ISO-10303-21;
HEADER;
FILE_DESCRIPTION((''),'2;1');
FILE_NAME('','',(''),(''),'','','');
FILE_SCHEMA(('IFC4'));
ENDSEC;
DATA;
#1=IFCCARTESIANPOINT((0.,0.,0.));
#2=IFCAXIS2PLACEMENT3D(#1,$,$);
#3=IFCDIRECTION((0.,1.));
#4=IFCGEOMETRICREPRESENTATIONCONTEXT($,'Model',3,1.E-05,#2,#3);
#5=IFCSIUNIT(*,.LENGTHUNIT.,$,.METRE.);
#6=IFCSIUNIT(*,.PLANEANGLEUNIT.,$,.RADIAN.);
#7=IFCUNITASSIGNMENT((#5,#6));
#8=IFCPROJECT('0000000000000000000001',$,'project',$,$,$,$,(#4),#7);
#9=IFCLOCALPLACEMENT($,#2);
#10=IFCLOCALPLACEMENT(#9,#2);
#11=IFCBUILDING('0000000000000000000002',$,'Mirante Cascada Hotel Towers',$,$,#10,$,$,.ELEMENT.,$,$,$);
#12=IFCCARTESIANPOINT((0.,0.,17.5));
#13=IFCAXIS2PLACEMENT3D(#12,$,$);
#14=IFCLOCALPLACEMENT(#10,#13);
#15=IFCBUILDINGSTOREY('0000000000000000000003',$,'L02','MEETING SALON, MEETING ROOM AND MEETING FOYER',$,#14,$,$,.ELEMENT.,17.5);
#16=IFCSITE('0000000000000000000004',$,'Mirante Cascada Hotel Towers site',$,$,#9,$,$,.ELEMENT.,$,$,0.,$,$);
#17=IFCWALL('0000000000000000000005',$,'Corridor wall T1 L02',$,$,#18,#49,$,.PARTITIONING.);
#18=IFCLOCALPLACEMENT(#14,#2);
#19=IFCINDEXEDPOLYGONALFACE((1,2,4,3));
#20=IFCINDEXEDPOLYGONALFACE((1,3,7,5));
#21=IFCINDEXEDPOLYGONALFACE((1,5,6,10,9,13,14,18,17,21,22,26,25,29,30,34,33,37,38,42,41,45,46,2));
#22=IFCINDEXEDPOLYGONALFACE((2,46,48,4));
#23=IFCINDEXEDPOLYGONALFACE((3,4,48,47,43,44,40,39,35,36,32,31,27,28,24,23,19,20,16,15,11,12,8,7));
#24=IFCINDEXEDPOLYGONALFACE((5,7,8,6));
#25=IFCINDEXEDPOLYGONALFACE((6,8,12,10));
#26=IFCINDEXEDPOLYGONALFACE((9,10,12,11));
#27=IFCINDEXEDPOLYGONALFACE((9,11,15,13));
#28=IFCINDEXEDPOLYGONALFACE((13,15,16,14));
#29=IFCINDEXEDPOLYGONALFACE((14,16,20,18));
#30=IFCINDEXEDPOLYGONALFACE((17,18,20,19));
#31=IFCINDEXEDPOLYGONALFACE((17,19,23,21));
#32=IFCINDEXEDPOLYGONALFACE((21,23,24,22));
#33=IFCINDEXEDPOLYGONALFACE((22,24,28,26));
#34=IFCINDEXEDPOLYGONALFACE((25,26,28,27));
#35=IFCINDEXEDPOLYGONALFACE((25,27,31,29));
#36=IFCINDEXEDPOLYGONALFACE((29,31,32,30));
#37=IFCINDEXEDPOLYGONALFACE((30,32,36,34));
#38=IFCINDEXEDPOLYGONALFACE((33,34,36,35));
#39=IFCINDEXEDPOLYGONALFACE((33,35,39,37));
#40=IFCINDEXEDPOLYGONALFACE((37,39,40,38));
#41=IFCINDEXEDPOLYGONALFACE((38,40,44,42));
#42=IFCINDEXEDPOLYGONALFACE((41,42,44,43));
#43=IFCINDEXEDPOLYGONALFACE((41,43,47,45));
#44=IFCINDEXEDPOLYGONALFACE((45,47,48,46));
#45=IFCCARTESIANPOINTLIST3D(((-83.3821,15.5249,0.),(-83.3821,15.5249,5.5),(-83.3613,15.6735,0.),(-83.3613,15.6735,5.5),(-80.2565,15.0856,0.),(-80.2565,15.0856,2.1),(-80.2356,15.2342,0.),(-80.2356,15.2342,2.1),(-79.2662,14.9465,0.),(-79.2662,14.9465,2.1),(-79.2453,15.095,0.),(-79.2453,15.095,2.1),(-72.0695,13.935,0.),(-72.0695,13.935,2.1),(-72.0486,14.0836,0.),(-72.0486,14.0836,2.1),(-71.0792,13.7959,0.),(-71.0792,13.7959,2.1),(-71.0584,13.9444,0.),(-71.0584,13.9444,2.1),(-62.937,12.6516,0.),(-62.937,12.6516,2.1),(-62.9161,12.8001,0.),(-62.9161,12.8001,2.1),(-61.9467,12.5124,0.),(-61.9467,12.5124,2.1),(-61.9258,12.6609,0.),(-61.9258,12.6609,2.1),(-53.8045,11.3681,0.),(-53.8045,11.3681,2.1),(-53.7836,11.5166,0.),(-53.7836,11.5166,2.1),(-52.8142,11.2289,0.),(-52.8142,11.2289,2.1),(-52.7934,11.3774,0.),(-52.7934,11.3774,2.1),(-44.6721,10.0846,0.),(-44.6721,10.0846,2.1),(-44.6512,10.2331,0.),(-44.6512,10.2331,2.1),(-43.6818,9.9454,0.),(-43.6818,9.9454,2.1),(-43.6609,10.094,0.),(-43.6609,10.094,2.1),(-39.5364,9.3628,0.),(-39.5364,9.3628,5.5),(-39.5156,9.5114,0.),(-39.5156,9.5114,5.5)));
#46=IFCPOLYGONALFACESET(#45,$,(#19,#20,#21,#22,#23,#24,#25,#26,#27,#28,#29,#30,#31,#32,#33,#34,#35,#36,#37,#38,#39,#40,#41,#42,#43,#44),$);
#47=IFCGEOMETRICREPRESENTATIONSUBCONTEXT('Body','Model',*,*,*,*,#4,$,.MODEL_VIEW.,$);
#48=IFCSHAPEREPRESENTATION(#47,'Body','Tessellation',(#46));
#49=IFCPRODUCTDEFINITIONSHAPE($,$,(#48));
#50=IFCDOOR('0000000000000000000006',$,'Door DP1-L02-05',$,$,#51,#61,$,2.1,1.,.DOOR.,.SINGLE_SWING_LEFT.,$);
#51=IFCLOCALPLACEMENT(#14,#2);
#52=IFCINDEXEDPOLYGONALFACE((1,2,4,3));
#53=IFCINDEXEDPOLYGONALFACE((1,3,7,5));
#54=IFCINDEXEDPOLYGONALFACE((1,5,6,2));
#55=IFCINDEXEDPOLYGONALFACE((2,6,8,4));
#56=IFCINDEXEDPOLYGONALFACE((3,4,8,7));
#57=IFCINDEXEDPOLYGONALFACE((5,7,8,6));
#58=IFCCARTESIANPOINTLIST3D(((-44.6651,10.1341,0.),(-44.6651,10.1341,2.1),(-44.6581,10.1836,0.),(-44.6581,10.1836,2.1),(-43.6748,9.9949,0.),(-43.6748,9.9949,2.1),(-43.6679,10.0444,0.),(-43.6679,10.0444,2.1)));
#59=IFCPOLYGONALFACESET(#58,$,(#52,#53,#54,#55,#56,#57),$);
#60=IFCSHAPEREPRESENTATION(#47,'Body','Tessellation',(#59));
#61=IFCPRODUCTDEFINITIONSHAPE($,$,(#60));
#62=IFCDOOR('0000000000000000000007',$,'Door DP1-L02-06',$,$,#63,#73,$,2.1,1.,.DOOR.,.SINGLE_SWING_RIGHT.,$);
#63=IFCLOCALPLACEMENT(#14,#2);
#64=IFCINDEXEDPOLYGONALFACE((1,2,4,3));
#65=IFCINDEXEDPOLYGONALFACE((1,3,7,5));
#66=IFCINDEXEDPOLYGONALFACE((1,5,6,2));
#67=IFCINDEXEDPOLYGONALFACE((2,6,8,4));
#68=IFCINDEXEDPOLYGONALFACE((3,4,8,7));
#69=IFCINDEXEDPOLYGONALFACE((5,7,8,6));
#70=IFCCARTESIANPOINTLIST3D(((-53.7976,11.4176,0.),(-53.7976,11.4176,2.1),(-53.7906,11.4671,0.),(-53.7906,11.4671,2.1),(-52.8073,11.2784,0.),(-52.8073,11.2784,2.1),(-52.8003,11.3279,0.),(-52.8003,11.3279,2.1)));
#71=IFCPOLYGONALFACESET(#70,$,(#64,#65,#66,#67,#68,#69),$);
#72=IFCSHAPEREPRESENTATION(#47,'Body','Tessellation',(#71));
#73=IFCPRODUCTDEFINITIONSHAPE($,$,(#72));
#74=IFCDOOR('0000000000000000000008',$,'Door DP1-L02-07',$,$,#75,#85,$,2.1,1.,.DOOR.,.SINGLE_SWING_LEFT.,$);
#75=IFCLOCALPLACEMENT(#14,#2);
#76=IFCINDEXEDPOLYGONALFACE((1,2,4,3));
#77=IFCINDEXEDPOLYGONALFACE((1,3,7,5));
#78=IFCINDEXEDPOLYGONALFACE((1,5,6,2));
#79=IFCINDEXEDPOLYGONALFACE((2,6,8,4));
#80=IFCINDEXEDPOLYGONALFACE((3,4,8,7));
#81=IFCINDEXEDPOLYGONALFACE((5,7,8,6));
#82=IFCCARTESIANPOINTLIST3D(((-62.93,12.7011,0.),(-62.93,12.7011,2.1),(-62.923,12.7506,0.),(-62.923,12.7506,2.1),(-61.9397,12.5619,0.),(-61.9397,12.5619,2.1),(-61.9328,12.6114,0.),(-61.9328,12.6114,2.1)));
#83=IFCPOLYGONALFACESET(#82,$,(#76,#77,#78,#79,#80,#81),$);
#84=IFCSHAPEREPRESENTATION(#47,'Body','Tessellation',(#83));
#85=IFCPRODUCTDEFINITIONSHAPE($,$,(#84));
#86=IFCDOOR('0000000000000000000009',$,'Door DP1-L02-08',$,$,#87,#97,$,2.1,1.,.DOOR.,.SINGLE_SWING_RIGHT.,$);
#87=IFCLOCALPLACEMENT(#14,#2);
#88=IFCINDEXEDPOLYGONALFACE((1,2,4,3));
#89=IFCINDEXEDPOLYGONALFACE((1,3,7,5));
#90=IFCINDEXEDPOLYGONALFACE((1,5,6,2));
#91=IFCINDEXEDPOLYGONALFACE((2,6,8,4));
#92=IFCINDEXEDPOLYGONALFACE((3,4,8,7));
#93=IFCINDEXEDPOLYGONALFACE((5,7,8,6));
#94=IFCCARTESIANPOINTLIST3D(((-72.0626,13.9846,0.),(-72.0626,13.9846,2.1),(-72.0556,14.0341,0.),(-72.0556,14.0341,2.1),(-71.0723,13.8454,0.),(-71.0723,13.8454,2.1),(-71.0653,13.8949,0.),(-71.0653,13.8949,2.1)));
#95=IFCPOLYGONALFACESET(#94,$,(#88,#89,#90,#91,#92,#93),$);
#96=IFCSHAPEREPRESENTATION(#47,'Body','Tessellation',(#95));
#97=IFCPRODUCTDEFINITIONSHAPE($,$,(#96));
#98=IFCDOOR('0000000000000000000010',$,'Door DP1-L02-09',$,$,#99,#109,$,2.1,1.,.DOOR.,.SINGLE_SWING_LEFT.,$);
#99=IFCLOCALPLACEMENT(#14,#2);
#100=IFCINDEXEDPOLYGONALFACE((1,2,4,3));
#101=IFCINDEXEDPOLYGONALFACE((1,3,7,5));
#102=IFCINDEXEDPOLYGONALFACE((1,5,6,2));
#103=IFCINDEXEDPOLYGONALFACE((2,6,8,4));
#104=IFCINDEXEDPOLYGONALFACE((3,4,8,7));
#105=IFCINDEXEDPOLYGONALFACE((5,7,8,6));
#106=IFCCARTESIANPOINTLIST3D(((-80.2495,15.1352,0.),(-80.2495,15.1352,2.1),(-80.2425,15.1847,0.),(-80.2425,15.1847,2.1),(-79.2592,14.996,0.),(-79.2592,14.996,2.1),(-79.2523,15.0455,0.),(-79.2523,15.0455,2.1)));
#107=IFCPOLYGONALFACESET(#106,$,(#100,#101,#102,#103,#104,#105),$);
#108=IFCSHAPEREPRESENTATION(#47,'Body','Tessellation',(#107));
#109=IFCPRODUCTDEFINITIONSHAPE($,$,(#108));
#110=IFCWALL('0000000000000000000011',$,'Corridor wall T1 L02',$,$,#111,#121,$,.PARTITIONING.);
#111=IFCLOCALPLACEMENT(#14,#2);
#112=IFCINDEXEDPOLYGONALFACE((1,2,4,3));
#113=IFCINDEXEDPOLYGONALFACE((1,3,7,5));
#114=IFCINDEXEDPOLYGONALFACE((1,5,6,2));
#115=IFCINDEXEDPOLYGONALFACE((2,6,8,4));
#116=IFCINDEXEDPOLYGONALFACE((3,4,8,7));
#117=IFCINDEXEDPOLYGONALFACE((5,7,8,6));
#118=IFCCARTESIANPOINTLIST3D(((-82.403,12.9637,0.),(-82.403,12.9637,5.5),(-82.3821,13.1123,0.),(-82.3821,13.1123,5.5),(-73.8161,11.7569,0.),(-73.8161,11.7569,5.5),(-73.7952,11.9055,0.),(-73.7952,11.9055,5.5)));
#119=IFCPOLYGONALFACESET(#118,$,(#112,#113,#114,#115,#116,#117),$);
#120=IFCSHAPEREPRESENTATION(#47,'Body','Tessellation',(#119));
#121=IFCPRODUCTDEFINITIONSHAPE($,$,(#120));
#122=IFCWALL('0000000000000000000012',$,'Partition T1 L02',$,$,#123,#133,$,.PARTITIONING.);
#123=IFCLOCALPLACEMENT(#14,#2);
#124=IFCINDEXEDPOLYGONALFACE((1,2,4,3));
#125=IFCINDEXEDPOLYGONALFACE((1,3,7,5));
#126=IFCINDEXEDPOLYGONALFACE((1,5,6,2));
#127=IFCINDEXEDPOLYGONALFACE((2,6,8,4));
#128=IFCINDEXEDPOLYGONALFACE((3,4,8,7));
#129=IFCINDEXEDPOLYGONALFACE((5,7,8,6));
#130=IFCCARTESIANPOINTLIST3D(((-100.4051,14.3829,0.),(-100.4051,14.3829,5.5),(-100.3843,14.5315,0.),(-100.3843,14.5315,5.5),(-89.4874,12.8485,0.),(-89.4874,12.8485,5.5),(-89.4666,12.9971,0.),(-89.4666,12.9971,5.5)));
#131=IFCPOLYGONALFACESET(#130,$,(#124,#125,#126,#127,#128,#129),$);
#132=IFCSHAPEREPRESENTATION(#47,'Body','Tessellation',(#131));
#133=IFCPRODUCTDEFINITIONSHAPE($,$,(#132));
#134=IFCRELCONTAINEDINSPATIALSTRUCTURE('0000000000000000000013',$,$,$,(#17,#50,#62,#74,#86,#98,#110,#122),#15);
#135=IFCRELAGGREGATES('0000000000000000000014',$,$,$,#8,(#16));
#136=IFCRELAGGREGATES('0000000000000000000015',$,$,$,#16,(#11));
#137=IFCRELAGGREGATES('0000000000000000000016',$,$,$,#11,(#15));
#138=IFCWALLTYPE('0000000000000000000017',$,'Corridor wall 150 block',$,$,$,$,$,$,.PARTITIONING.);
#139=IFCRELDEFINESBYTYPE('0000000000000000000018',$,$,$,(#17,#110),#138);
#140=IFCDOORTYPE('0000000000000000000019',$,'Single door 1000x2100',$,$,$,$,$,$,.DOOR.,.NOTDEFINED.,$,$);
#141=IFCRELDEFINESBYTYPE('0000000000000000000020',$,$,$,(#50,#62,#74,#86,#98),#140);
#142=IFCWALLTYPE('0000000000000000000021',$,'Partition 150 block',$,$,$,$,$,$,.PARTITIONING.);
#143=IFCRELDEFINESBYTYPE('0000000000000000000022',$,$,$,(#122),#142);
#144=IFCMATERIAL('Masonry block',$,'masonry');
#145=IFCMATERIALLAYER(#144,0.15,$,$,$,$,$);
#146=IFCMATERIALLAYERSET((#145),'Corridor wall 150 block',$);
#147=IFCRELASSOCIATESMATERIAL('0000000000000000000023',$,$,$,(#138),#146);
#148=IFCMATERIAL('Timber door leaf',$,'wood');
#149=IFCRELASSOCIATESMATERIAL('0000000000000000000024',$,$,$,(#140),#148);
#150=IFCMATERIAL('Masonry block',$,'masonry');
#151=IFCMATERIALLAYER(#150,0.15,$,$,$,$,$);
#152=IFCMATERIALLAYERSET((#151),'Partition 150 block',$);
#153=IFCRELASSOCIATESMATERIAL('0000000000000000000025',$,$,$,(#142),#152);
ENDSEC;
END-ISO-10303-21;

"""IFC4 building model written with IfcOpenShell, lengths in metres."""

from ifc_helpers import new_model, si_unit, direction, frame, frame_2d, origin, place, context, subcontext, project, spatial, rectangle, extrude, material, layer, layer_set, type_object, element, fill, save


model = new_model("IFC4")

# Units and contexts
model_context = context("Model", 3, precision=1e-05, world=origin(), true_north=direction((0.0, 1.0)))
body_context = subcontext(model_context, "Body", "Model", "MODEL_VIEW")
ifc_project = project(units=[si_unit("LENGTHUNIT", "METRE"), si_unit("PLANEANGLEUNIT", "RADIAN")], contexts=[model_context])

# Site, building, storey
site_placement = place(None, origin())
site = spatial("IfcSite", under=ifc_project, at=site_placement, Name="Mirante Cascada Hotel Towers site", CompositionType="ELEMENT", RefElevation=0.0)
building_placement = place(site_placement, origin())
building = spatial("IfcBuilding", under=site, at=building_placement, Name="Mirante Cascada Hotel Towers", CompositionType="ELEMENT")
storey_placement = place(building_placement, frame((0.0, 0.0, 17.5)))
storey = spatial("IfcBuildingStorey", under=building, at=storey_placement, Name="L02", Description="MEETING SALON, MEETING ROOM AND MEETING FOYER", CompositionType="ELEMENT", Elevation=17.5)

# Shared definitions
ifc_material_1 = material(Name="Masonry block", Category="masonry")
ifc_layer_1 = layer(ifc_material_1, 0.15)
ifc_layer_set_1 = layer_set([ifc_layer_1], Name="Corridor wall 150 block")
wall_type_1 = type_object("IfcWallType", Name="Corridor wall 150 block", PredefinedType="PARTITIONING", material=ifc_layer_set_1)

# Wall, openings, doors
wall_1_placement = place(storey_placement, frame((-83.3717, 15.5992, 0.0), z_axis=(0.0, 0.0, 1.0), x_axis=(0.990268, -0.139173, 0.0)))
wall_1 = element("IfcWall", 1, at=wall_1_placement, inside=storey, type_object=wall_type_1, Name="Corridor wall T1 L02", PredefinedType="PARTITIONING", context=body_context, shape_type="SweptSolid", body=[
    extrude(rectangle(XDim=44.2766, YDim=0.15, at=frame_2d((22.1383, 0.0))), origin(), (0.0, 0.0, 1.0), 5.5),
])
opening_1_placement = place(wall_1_placement, frame((39.0905, 0.0, 0.0)))
opening_1 = element("IfcOpeningElement", 2, at=opening_1_placement, cuts=wall_1, PredefinedType="OPENING", context=body_context, shape_type="SweptSolid", body=[
    extrude(rectangle(XDim=1.0, YDim=2.1, at=frame_2d((0.5, 1.05))), frame((0.0, 0.075, 0.0), z_axis=(0.0, -1.0, 0.0), x_axis=(1.0, 0.0, 0.0)), (0.0, 0.0, 1.0), 0.15),
])
opening_2_placement = place(wall_1_placement, frame((29.8683, 0.0, 0.0)))
opening_2 = element("IfcOpeningElement", 3, at=opening_2_placement, cuts=wall_1, PredefinedType="OPENING", context=body_context, shape_type="SweptSolid", body=[
    extrude(rectangle(XDim=1.0, YDim=2.1, at=frame_2d((0.5, 1.05))), frame((0.0, 0.075, 0.0), z_axis=(0.0, -1.0, 0.0), x_axis=(1.0, 0.0, 0.0)), (0.0, 0.0, 1.0), 0.15),
])
opening_3_placement = place(wall_1_placement, frame((20.6461, 0.0, 0.0)))
opening_3 = element("IfcOpeningElement", 4, at=opening_3_placement, cuts=wall_1, PredefinedType="OPENING", context=body_context, shape_type="SweptSolid", body=[
    extrude(rectangle(XDim=1.0, YDim=2.1, at=frame_2d((0.5, 1.05))), frame((0.0, 0.075, 0.0), z_axis=(0.0, -1.0, 0.0), x_axis=(1.0, 0.0, 0.0)), (0.0, 0.0, 1.0), 0.15),
])
opening_4_placement = place(wall_1_placement, frame((11.4238, 0.0, 0.0)))
opening_4 = element("IfcOpeningElement", 5, at=opening_4_placement, cuts=wall_1, PredefinedType="OPENING", context=body_context, shape_type="SweptSolid", body=[
    extrude(rectangle(XDim=1.0, YDim=2.1, at=frame_2d((0.5, 1.05))), frame((0.0, 0.075, 0.0), z_axis=(0.0, -1.0, 0.0), x_axis=(1.0, 0.0, 0.0)), (0.0, 0.0, 1.0), 0.15),
])
opening_5_placement = place(wall_1_placement, frame((3.1564, 0.0, 0.0)))
opening_5 = element("IfcOpeningElement", 6, at=opening_5_placement, cuts=wall_1, PredefinedType="OPENING", context=body_context, shape_type="SweptSolid", body=[
    extrude(rectangle(XDim=1.0, YDim=2.1, at=frame_2d((0.5, 1.05))), frame((0.0, 0.075, 0.0), z_axis=(0.0, -1.0, 0.0), x_axis=(1.0, 0.0, 0.0)), (0.0, 0.0, 1.0), 0.15),
])
ifc_material_2 = material(Name="Timber door leaf", Category="wood")
door_type = type_object("IfcDoorType", Name="Single door 1000x2100", OperationType="NOTDEFINED", PredefinedType="DOOR", material=ifc_material_2)
door_1_placement = place(opening_1_placement, frame((1.0, 0.0, 0.0), z_axis=(0.0, 0.0, 1.0), x_axis=(-1.0, 0.0, 0.0)))
door_1 = element("IfcDoor", 7, at=door_1_placement, inside=storey, type_object=door_type, Name="Door DP1-L02-05", OperationType="SINGLE_SWING_LEFT", OverallHeight=2.1, OverallWidth=1.0, PredefinedType="DOOR", context=body_context, shape_type="SweptSolid", body=[
    extrude(rectangle(XDim=1.0, YDim=2.1, at=frame_2d((0.5, 1.05))), frame((0.0, 0.025, 0.0), z_axis=(0.0, -1.0, 0.0), x_axis=(1.0, 0.0, 0.0)), (0.0, 0.0, 1.0), 0.05),
])
fill(opening_1, door_1)
door_2_placement = place(opening_2_placement, origin())
door_2 = element("IfcDoor", 8, at=door_2_placement, inside=storey, type_object=door_type, Name="Door DP1-L02-06", OperationType="SINGLE_SWING_RIGHT", OverallHeight=2.1, OverallWidth=1.0, PredefinedType="DOOR", context=body_context, shape_type="SweptSolid", body=[
    extrude(rectangle(XDim=1.0, YDim=2.1, at=frame_2d((0.5, 1.05))), frame((0.0, 0.025, 0.0), z_axis=(0.0, -1.0, 0.0), x_axis=(1.0, 0.0, 0.0)), (0.0, 0.0, 1.0), 0.05),
])
fill(opening_2, door_2)
door_3_placement = place(opening_3_placement, origin())
door_3 = element("IfcDoor", 9, at=door_3_placement, inside=storey, type_object=door_type, Name="Door DP1-L02-07", OperationType="SINGLE_SWING_LEFT", OverallHeight=2.1, OverallWidth=1.0, PredefinedType="DOOR", context=body_context, shape_type="SweptSolid", body=[
    extrude(rectangle(XDim=1.0, YDim=2.1, at=frame_2d((0.5, 1.05))), frame((0.0, 0.025, 0.0), z_axis=(0.0, -1.0, 0.0), x_axis=(1.0, 0.0, 0.0)), (0.0, 0.0, 1.0), 0.05),
])
fill(opening_3, door_3)
door_4_placement = place(opening_4_placement, frame((1.0, 0.0, 0.0), z_axis=(0.0, 0.0, 1.0), x_axis=(-1.0, 0.0, 0.0)))
door_4 = element("IfcDoor", 10, at=door_4_placement, inside=storey, type_object=door_type, Name="Door DP1-L02-08", OperationType="SINGLE_SWING_RIGHT", OverallHeight=2.1, OverallWidth=1.0, PredefinedType="DOOR", context=body_context, shape_type="SweptSolid", body=[
    extrude(rectangle(XDim=1.0, YDim=2.1, at=frame_2d((0.5, 1.05))), frame((0.0, 0.025, 0.0), z_axis=(0.0, -1.0, 0.0), x_axis=(1.0, 0.0, 0.0)), (0.0, 0.0, 1.0), 0.05),
])
fill(opening_4, door_4)
door_5_placement = place(opening_5_placement, origin())
door_5 = element("IfcDoor", 11, at=door_5_placement, inside=storey, type_object=door_type, Name="Door DP1-L02-09", OperationType="SINGLE_SWING_LEFT", OverallHeight=2.1, OverallWidth=1.0, PredefinedType="DOOR", context=body_context, shape_type="SweptSolid", body=[
    extrude(rectangle(XDim=1.0, YDim=2.1, at=frame_2d((0.5, 1.05))), frame((0.0, 0.025, 0.0), z_axis=(0.0, -1.0, 0.0), x_axis=(1.0, 0.0, 0.0)), (0.0, 0.0, 1.0), 0.05),
])
fill(opening_5, door_5)

# Walls
wall_2_placement = place(storey_placement, frame((-82.3925, 13.038, 0.0), z_axis=(0.0, 0.0, 1.0), x_axis=(0.990268, -0.139172, 0.0)))
element("IfcWall", 12, at=wall_2_placement, inside=storey, type_object=wall_type_1, Name="Corridor wall T1 L02", PredefinedType="PARTITIONING", context=body_context, shape_type="SweptSolid", body=[
    extrude(rectangle(XDim=8.6713, YDim=0.15, at=frame_2d((4.3356, 0.0))), origin(), (0.0, 0.0, 1.0), 5.5),
])
ifc_material_3 = material(Name="Masonry block", Category="masonry")
ifc_layer_2 = layer(ifc_material_3, 0.15)
ifc_layer_set_2 = layer_set([ifc_layer_2], Name="Partition 150 block")
wall_type_2 = type_object("IfcWallType", Name="Partition 150 block", PredefinedType="PARTITIONING", material=ifc_layer_set_2)
wall_3_placement = place(storey_placement, frame((-100.3947, 14.4572, 0.0), z_axis=(0.0, 0.0, 1.0), x_axis=(0.990268, -0.139175, 0.0)))
element("IfcWall", 13, at=wall_3_placement, inside=storey, type_object=wall_type_2, Name="Partition T1 L02", PredefinedType="PARTITIONING", context=body_context, shape_type="SweptSolid", body=[
    extrude(rectangle(XDim=11.025, YDim=0.15, at=frame_2d((5.5125, 0.0))), origin(), (0.0, 0.0, 1.0), 5.5),
])

save(model, "model.ifc")
